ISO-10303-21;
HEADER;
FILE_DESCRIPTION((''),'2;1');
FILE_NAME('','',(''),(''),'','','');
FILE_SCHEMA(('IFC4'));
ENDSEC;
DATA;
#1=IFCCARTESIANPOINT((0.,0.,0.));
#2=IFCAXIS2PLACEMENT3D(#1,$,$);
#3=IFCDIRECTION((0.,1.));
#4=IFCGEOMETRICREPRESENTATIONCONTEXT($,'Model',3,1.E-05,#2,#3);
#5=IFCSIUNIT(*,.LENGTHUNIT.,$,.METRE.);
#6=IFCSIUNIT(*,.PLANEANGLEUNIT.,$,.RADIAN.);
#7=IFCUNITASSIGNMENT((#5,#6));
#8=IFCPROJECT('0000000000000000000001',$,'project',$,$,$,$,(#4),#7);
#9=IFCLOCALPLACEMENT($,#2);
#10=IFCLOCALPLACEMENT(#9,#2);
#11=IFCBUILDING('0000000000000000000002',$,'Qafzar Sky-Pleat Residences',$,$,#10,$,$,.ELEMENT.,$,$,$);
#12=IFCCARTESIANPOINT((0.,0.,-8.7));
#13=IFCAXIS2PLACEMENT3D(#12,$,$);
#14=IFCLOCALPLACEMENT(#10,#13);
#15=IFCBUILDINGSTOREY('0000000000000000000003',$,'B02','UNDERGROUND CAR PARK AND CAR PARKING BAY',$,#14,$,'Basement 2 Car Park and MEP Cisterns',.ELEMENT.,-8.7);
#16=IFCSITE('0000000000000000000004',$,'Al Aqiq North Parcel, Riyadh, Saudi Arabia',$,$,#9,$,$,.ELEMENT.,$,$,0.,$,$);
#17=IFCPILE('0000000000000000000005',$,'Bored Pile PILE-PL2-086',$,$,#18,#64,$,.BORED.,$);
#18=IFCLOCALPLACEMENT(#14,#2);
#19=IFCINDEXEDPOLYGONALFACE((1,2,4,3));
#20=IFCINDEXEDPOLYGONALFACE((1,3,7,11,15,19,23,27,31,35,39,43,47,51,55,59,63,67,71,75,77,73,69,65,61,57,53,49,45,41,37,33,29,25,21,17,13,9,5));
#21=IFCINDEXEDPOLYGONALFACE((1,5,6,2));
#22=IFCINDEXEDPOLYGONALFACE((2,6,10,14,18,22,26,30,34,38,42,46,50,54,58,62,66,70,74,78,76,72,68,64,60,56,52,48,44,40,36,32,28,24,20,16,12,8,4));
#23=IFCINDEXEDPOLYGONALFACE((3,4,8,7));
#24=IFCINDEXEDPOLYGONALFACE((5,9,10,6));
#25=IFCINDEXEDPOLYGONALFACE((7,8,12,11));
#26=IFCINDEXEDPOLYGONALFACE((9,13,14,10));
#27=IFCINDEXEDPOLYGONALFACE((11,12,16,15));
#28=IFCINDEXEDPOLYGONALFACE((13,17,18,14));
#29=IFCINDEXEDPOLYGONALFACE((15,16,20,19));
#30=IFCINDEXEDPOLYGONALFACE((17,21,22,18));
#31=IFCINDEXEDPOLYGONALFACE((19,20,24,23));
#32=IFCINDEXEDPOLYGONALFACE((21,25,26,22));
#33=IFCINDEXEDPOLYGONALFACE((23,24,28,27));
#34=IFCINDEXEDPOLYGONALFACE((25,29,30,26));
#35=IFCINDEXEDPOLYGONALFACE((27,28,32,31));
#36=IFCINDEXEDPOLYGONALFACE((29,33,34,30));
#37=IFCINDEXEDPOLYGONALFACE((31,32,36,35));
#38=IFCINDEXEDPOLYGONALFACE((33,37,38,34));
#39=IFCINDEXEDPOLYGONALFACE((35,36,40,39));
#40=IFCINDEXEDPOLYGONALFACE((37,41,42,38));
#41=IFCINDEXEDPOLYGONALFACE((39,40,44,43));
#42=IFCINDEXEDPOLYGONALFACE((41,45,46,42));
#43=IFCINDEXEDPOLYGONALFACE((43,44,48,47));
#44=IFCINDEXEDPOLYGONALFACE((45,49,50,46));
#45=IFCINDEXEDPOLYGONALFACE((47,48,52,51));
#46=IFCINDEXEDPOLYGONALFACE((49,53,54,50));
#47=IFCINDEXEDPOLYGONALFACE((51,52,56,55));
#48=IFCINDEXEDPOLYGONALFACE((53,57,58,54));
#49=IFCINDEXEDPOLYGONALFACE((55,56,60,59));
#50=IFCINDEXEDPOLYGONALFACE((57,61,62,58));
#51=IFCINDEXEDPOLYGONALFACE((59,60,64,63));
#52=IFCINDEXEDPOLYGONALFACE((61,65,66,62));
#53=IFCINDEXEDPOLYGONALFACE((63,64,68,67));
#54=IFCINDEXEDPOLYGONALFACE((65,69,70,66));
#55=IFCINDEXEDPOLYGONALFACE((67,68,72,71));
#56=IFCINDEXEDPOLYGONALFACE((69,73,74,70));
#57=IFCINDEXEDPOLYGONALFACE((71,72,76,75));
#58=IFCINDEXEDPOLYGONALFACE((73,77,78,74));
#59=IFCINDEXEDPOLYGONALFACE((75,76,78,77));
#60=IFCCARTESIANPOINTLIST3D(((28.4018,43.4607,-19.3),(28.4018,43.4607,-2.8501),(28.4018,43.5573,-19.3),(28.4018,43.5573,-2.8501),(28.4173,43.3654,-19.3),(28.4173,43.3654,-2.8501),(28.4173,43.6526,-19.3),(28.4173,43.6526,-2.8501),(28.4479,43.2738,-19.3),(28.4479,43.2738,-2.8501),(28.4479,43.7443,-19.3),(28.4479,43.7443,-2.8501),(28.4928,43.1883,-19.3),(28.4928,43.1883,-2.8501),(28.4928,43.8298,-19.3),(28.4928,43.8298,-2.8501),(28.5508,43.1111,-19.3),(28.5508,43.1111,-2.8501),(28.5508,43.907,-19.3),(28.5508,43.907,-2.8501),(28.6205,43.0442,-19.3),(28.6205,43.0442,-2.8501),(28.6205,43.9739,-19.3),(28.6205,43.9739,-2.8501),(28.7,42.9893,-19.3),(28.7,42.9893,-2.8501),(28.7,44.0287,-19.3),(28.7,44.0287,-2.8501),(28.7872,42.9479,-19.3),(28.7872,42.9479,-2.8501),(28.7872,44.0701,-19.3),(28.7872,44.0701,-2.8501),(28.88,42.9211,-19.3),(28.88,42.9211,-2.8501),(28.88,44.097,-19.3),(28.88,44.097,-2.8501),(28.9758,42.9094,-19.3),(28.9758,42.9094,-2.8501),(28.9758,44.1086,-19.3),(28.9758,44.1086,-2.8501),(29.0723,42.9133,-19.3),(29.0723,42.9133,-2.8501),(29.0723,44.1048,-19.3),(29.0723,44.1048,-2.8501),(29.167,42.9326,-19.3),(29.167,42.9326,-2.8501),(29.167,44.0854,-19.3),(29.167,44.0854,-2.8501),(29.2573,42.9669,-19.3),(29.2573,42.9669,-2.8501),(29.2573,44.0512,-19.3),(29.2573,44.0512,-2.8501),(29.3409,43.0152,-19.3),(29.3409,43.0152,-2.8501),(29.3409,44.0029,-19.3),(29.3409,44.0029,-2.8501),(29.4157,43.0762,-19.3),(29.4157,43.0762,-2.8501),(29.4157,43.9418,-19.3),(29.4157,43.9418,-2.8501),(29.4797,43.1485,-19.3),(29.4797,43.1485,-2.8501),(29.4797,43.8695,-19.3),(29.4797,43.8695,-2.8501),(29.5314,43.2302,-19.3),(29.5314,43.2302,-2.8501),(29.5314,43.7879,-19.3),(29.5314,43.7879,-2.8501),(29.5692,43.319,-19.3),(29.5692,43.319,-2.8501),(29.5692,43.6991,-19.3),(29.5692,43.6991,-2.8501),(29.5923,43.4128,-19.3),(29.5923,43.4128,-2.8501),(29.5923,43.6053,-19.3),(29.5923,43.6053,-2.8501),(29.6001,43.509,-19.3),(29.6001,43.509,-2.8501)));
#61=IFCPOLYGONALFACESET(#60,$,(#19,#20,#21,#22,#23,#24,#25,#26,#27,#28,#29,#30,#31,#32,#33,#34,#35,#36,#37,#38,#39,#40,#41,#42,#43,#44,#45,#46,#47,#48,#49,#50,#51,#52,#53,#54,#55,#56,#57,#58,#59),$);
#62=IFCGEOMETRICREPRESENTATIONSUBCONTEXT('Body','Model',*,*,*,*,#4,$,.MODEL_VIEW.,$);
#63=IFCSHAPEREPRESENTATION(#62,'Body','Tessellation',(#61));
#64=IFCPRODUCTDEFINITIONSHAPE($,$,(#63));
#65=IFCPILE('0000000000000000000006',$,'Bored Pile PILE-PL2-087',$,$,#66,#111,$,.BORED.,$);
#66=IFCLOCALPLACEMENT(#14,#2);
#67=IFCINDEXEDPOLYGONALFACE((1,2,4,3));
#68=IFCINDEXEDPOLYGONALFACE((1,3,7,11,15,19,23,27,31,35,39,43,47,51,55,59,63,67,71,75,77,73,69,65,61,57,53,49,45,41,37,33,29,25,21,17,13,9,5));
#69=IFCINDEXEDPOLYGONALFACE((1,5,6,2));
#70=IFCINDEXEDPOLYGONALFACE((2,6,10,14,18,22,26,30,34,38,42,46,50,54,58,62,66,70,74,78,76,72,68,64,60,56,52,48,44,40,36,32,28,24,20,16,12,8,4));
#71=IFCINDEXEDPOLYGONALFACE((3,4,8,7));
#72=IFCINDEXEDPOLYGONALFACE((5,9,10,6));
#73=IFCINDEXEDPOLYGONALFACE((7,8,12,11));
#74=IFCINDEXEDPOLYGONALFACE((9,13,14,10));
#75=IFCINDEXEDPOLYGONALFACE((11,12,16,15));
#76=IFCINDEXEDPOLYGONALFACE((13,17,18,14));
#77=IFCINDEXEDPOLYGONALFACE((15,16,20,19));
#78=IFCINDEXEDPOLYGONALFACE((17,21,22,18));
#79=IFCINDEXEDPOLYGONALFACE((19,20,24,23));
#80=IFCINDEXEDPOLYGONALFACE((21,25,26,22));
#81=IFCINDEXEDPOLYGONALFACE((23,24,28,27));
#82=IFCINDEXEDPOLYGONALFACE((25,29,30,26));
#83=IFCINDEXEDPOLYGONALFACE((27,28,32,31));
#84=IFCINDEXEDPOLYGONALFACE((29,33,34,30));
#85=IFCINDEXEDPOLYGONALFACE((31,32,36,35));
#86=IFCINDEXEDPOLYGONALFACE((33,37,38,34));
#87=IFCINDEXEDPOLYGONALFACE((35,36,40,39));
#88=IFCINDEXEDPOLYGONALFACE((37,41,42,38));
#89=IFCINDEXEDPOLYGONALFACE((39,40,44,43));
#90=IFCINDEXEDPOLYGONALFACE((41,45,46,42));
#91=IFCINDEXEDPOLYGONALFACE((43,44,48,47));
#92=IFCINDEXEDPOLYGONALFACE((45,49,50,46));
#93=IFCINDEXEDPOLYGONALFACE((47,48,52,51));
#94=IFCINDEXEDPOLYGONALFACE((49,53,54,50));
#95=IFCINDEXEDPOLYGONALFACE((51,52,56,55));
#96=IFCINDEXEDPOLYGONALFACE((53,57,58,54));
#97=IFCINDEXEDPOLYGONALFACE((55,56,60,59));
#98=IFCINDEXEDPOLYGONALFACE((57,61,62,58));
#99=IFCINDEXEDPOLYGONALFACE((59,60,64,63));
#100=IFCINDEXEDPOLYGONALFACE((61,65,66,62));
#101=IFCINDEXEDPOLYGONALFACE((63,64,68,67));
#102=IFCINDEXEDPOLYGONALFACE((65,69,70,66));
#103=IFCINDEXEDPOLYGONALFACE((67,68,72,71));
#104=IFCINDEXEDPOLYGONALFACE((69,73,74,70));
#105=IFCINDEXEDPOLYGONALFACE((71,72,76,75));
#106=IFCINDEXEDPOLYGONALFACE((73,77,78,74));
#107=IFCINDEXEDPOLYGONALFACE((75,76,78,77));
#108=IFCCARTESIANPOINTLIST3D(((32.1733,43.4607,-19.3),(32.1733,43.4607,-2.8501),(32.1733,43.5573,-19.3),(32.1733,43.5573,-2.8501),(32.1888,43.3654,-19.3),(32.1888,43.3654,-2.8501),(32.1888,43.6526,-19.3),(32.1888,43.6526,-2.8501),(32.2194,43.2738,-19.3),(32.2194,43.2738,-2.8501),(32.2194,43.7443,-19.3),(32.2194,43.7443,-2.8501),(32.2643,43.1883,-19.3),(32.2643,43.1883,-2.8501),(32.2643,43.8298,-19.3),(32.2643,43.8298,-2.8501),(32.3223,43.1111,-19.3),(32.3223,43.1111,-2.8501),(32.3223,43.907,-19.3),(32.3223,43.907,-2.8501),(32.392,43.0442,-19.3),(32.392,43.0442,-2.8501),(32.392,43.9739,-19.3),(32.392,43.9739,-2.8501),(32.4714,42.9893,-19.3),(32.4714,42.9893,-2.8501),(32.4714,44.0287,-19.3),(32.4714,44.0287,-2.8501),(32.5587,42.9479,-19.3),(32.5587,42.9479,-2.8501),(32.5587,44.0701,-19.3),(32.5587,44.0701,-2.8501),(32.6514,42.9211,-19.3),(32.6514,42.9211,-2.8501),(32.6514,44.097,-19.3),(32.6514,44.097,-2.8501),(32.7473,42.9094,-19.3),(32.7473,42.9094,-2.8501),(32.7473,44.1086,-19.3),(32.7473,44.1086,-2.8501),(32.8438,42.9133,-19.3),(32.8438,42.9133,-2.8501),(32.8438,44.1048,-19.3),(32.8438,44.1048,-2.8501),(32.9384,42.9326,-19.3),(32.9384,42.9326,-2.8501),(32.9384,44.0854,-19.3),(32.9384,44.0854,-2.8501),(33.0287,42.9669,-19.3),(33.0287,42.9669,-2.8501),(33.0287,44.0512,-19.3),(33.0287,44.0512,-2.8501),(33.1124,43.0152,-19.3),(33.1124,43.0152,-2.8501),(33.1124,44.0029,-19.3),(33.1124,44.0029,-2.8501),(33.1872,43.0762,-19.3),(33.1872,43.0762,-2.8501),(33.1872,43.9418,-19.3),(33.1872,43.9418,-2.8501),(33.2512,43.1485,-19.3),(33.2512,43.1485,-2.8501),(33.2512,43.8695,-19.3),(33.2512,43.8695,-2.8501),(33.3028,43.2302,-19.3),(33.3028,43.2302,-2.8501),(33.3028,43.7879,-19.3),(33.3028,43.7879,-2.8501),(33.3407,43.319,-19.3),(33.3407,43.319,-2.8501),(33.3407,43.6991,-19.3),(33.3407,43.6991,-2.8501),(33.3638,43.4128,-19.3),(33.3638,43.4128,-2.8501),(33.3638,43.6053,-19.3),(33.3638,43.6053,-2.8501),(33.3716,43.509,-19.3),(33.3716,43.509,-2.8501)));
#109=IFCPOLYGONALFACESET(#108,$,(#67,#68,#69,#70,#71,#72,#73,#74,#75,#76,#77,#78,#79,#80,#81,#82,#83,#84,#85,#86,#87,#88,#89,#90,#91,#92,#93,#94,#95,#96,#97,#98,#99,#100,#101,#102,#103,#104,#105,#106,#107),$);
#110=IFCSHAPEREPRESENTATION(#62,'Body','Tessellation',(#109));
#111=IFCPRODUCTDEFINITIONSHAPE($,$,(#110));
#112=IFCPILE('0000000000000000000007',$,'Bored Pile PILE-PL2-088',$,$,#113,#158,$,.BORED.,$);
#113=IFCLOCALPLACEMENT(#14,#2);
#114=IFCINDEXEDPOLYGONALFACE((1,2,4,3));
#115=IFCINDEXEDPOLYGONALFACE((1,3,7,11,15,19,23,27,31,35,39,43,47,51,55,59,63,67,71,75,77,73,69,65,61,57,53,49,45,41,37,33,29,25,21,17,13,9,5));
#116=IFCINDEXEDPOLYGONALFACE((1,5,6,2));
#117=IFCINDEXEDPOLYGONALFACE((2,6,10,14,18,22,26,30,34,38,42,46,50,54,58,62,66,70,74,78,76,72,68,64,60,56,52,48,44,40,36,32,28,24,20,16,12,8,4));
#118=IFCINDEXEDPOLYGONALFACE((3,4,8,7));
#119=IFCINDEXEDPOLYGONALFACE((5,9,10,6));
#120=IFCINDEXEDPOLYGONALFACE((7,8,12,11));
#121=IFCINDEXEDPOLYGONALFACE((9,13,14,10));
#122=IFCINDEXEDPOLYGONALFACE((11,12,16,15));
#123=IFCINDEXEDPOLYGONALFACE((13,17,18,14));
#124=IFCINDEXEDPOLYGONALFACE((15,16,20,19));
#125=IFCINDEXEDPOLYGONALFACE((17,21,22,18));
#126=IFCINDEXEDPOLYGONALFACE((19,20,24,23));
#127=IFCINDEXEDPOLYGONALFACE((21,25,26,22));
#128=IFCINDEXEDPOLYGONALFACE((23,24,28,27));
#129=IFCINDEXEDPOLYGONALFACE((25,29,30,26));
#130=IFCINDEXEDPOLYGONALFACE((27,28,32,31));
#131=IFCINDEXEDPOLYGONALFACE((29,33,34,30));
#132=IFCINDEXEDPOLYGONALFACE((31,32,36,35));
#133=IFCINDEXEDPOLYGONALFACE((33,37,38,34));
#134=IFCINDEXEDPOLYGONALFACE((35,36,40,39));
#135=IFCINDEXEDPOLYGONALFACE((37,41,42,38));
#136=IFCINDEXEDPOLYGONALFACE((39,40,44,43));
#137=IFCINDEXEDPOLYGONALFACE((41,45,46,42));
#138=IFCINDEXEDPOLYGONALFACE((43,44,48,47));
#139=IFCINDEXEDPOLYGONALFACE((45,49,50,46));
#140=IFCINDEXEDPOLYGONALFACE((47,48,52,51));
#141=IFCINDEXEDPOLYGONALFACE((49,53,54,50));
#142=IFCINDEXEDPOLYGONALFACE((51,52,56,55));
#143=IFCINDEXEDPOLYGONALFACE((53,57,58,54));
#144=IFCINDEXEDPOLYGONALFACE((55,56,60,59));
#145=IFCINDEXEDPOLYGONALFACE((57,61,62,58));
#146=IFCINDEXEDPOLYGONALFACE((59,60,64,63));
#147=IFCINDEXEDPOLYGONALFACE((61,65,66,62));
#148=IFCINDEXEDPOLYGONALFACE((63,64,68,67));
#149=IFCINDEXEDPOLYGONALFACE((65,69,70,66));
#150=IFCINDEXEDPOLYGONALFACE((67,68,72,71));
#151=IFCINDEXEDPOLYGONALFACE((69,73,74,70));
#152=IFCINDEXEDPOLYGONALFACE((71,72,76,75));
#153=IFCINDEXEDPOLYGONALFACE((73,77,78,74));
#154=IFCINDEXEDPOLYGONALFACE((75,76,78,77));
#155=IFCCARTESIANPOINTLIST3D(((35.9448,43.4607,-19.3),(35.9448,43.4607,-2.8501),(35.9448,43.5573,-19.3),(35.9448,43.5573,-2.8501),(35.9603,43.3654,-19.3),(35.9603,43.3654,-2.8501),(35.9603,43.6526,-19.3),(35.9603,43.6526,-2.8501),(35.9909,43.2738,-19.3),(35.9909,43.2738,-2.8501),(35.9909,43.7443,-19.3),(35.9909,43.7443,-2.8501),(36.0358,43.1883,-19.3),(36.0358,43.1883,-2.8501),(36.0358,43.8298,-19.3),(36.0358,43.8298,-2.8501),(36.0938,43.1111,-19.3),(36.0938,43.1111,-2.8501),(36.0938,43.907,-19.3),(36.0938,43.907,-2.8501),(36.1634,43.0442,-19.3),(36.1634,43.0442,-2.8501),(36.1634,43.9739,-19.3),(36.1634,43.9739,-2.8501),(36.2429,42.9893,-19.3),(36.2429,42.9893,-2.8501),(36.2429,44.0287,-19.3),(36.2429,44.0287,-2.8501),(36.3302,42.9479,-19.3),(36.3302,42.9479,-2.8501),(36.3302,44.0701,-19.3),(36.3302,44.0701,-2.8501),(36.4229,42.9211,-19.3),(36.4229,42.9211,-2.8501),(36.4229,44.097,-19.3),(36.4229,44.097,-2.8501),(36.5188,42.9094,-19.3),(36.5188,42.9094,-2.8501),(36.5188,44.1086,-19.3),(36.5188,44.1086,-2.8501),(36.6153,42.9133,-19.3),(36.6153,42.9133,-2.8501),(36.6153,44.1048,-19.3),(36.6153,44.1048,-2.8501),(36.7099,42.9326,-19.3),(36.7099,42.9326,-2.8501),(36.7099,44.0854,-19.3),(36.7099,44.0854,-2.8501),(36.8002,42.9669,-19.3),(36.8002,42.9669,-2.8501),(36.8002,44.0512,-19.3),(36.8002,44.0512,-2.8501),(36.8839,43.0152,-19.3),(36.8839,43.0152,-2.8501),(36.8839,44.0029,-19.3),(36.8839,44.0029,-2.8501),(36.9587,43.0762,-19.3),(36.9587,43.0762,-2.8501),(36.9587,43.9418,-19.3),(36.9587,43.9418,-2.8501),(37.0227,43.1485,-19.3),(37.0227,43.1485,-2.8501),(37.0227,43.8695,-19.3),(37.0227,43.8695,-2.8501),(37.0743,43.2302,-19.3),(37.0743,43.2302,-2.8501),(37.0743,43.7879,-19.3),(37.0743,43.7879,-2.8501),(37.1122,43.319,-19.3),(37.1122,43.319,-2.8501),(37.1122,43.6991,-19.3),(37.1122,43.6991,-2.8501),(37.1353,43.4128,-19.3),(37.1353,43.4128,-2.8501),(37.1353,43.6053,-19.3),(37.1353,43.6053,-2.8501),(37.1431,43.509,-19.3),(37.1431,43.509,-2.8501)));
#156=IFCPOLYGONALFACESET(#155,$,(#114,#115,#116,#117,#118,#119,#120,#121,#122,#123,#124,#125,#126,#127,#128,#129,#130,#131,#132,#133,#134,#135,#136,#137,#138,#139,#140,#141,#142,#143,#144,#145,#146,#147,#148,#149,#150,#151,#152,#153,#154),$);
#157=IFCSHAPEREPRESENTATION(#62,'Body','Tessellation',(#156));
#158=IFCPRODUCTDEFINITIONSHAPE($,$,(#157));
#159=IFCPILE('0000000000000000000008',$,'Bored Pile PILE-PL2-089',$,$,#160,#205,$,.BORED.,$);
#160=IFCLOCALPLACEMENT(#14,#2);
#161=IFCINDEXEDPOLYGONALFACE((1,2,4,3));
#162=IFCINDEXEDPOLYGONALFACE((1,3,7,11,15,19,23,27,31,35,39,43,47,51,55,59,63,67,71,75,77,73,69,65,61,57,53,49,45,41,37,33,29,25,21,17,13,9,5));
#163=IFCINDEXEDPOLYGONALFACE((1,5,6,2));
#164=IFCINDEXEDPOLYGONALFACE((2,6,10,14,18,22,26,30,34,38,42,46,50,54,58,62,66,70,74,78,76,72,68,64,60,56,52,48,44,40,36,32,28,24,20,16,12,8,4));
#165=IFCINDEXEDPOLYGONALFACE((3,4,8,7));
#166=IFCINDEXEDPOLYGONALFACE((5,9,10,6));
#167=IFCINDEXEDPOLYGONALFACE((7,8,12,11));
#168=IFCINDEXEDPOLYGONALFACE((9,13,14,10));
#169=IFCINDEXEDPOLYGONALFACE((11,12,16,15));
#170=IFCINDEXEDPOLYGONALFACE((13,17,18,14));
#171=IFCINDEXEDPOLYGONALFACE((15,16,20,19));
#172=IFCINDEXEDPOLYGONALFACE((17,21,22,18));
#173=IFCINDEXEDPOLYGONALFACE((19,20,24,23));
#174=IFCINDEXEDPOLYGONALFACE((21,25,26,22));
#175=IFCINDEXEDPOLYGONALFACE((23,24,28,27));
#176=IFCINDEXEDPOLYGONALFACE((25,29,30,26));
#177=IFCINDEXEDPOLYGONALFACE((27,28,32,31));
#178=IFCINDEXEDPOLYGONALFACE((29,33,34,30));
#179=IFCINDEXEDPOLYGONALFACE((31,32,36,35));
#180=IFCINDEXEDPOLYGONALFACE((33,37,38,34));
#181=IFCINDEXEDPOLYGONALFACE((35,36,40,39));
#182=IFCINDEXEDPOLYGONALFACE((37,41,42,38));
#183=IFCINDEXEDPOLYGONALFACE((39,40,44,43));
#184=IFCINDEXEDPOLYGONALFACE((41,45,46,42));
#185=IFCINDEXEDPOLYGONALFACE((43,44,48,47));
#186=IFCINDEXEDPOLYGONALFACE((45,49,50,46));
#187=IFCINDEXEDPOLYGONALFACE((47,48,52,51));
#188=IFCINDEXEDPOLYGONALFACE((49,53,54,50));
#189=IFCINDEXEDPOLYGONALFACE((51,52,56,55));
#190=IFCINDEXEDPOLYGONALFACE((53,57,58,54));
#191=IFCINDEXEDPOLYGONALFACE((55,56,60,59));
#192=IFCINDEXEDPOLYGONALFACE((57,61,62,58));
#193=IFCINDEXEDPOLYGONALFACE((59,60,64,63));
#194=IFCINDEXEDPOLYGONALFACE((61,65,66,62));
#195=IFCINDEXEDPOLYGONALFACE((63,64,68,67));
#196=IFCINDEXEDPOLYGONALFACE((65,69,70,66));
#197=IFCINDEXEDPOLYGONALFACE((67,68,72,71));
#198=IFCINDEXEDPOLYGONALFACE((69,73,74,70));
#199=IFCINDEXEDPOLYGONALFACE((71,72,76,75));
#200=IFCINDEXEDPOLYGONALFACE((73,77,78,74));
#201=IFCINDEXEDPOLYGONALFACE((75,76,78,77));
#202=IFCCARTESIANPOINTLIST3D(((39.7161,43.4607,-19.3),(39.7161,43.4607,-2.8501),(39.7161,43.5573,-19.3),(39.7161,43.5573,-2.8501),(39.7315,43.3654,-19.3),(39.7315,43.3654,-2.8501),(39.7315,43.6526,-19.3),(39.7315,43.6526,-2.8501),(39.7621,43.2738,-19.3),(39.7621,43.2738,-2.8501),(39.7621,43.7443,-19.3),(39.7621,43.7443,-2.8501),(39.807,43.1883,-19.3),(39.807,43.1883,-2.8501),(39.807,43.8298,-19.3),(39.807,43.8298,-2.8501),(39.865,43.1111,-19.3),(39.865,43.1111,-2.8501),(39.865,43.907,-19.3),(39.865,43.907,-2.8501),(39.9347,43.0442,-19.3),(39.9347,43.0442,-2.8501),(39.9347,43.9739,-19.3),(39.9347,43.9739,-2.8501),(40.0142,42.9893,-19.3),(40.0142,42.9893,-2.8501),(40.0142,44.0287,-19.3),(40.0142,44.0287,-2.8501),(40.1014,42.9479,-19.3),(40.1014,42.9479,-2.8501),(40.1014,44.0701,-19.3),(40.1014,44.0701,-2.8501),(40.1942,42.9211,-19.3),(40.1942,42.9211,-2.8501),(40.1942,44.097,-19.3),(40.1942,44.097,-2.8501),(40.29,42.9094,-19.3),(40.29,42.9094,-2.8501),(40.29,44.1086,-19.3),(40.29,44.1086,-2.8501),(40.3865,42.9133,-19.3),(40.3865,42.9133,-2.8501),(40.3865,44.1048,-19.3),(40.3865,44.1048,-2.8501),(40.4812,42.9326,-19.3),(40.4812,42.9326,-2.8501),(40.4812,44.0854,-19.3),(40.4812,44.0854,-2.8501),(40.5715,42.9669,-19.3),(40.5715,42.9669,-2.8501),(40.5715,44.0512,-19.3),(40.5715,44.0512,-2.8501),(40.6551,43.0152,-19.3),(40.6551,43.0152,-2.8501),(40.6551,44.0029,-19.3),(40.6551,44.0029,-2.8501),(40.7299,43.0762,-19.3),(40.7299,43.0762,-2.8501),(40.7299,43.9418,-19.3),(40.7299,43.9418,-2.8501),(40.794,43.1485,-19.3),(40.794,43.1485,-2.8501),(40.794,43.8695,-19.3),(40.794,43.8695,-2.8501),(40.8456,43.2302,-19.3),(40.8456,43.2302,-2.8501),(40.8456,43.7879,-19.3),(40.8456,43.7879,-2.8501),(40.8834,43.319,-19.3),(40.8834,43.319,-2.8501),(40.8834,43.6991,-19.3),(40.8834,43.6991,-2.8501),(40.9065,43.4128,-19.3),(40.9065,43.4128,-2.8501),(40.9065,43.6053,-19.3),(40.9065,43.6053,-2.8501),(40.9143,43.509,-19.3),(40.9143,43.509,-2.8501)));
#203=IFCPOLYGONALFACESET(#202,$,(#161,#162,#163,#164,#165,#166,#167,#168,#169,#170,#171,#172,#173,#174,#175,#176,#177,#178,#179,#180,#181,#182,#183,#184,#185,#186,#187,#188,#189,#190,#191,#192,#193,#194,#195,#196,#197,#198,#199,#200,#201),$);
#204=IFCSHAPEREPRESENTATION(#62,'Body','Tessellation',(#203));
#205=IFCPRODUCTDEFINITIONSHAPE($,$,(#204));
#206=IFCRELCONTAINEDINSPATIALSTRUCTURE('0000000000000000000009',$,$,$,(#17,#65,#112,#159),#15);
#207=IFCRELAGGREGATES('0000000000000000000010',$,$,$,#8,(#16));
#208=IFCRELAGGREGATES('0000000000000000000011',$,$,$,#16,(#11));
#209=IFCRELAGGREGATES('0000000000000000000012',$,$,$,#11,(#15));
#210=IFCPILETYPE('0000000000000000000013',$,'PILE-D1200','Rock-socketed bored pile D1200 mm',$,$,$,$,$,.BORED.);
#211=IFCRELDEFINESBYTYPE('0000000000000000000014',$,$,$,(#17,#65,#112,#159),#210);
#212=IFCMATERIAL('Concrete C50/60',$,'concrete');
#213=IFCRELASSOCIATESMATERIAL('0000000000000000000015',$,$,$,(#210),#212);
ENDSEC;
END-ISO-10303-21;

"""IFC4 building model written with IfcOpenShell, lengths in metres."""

from ifc_helpers import new_model, si_unit, direction, frame, origin, origin_2d, place, context, subcontext, project, spatial, circle, extrude, source, transform, mapped, material, material_profile, profile_set, type_object, element, save


model = new_model("IFC4")

# Units and contexts
model_context = context("Model", 3, precision=1e-05, world=origin(), true_north=direction((0.0, 1.0)))
body_context = subcontext(model_context, "Body", "Model", "MODEL_VIEW")
ifc_project = project(units=[si_unit("LENGTHUNIT", "METRE"), si_unit("PLANEANGLEUNIT", "RADIAN")], contexts=[model_context])

# Site, building, storey
site_placement = place(None, origin())
site = spatial("IfcSite", under=ifc_project, at=site_placement, Name="Al Aqiq North Parcel, Riyadh, Saudi Arabia", CompositionType="ELEMENT", RefElevation=0.0)
building_placement = place(site_placement, origin())
building = spatial("IfcBuilding", under=site, at=building_placement, Name="Qafzar Sky-Pleat Residences", CompositionType="ELEMENT")
storey_placement = place(building_placement, frame((0.0, 0.0, -8.7)))
storey = spatial("IfcBuildingStorey", under=building, at=storey_placement, Name="B02", Description="UNDERGROUND CAR PARK AND CAR PARKING BAY", LongName="Basement 2 Car Park and MEP Cisterns", CompositionType="ELEMENT", Elevation=-8.7)

# Piles
ifc_material_1 = material(Name="Concrete C50/60", Category="concrete")
ifc_material_profile_1 = material_profile(ifc_material_1, circle(Radius=0.6001, at=origin_2d()), Name="PILE D1200")
ifc_profile_set_1 = profile_set([ifc_material_profile_1], Name="Concrete C50/60")
pile_type_1 = type_object("IfcPileType", Name="PILE-D1200", Description="Rock-socketed bored pile D1200 mm", PredefinedType="BORED", material=ifc_profile_set_1)
shared_shape_1 = source(origin(), body_context, "Body", "SweptSolid", [
    extrude(circle(Radius=0.6001, at=origin_2d()), origin(), (0.0, 0.0, 1.0), 16.45),
])
for number, where, z_axis, x_axis, name in (
    (1, (29.0, 43.509, -2.8501), (0.0, 0.0, -1.0), (1.0, 0.0, 0.0), "Bored Pile PILE-PL2-086"),
    (2, (32.7715, 43.509, -2.8501), (0.0, 0.0, -1.0), (1.0, 0.0, 0.0), "Bored Pile PILE-PL2-087"),
    (3, (36.543, 43.509, -2.8501), (0.0, 0.0, -1.0), (1.0, 0.0, 0.0), "Bored Pile PILE-PL2-088"),
    (4, (40.3142, 43.509, -2.8501), (0.0, 0.0, -1.0), (1.0, 0.0, 0.0), "Bored Pile PILE-PL2-089"),
):
    element("IfcPile", number, at=place(storey_placement, frame(where, z_axis=z_axis, x_axis=x_axis)), inside=storey, type_object=pile_type_1, Name=name, PredefinedType="BORED", context=body_context, shape_type="MappedRepresentation", body=[
        mapped(shared_shape_1, transform((0.0, 0.0, 0.0), x_axis=(1.0, 0.0, 0.0), y_axis=(0.0, 1.0, 0.0), z_axis=(0.0, 0.0, 1.0), scale=1.0)),
    ])

save(model, "model.ifc")
